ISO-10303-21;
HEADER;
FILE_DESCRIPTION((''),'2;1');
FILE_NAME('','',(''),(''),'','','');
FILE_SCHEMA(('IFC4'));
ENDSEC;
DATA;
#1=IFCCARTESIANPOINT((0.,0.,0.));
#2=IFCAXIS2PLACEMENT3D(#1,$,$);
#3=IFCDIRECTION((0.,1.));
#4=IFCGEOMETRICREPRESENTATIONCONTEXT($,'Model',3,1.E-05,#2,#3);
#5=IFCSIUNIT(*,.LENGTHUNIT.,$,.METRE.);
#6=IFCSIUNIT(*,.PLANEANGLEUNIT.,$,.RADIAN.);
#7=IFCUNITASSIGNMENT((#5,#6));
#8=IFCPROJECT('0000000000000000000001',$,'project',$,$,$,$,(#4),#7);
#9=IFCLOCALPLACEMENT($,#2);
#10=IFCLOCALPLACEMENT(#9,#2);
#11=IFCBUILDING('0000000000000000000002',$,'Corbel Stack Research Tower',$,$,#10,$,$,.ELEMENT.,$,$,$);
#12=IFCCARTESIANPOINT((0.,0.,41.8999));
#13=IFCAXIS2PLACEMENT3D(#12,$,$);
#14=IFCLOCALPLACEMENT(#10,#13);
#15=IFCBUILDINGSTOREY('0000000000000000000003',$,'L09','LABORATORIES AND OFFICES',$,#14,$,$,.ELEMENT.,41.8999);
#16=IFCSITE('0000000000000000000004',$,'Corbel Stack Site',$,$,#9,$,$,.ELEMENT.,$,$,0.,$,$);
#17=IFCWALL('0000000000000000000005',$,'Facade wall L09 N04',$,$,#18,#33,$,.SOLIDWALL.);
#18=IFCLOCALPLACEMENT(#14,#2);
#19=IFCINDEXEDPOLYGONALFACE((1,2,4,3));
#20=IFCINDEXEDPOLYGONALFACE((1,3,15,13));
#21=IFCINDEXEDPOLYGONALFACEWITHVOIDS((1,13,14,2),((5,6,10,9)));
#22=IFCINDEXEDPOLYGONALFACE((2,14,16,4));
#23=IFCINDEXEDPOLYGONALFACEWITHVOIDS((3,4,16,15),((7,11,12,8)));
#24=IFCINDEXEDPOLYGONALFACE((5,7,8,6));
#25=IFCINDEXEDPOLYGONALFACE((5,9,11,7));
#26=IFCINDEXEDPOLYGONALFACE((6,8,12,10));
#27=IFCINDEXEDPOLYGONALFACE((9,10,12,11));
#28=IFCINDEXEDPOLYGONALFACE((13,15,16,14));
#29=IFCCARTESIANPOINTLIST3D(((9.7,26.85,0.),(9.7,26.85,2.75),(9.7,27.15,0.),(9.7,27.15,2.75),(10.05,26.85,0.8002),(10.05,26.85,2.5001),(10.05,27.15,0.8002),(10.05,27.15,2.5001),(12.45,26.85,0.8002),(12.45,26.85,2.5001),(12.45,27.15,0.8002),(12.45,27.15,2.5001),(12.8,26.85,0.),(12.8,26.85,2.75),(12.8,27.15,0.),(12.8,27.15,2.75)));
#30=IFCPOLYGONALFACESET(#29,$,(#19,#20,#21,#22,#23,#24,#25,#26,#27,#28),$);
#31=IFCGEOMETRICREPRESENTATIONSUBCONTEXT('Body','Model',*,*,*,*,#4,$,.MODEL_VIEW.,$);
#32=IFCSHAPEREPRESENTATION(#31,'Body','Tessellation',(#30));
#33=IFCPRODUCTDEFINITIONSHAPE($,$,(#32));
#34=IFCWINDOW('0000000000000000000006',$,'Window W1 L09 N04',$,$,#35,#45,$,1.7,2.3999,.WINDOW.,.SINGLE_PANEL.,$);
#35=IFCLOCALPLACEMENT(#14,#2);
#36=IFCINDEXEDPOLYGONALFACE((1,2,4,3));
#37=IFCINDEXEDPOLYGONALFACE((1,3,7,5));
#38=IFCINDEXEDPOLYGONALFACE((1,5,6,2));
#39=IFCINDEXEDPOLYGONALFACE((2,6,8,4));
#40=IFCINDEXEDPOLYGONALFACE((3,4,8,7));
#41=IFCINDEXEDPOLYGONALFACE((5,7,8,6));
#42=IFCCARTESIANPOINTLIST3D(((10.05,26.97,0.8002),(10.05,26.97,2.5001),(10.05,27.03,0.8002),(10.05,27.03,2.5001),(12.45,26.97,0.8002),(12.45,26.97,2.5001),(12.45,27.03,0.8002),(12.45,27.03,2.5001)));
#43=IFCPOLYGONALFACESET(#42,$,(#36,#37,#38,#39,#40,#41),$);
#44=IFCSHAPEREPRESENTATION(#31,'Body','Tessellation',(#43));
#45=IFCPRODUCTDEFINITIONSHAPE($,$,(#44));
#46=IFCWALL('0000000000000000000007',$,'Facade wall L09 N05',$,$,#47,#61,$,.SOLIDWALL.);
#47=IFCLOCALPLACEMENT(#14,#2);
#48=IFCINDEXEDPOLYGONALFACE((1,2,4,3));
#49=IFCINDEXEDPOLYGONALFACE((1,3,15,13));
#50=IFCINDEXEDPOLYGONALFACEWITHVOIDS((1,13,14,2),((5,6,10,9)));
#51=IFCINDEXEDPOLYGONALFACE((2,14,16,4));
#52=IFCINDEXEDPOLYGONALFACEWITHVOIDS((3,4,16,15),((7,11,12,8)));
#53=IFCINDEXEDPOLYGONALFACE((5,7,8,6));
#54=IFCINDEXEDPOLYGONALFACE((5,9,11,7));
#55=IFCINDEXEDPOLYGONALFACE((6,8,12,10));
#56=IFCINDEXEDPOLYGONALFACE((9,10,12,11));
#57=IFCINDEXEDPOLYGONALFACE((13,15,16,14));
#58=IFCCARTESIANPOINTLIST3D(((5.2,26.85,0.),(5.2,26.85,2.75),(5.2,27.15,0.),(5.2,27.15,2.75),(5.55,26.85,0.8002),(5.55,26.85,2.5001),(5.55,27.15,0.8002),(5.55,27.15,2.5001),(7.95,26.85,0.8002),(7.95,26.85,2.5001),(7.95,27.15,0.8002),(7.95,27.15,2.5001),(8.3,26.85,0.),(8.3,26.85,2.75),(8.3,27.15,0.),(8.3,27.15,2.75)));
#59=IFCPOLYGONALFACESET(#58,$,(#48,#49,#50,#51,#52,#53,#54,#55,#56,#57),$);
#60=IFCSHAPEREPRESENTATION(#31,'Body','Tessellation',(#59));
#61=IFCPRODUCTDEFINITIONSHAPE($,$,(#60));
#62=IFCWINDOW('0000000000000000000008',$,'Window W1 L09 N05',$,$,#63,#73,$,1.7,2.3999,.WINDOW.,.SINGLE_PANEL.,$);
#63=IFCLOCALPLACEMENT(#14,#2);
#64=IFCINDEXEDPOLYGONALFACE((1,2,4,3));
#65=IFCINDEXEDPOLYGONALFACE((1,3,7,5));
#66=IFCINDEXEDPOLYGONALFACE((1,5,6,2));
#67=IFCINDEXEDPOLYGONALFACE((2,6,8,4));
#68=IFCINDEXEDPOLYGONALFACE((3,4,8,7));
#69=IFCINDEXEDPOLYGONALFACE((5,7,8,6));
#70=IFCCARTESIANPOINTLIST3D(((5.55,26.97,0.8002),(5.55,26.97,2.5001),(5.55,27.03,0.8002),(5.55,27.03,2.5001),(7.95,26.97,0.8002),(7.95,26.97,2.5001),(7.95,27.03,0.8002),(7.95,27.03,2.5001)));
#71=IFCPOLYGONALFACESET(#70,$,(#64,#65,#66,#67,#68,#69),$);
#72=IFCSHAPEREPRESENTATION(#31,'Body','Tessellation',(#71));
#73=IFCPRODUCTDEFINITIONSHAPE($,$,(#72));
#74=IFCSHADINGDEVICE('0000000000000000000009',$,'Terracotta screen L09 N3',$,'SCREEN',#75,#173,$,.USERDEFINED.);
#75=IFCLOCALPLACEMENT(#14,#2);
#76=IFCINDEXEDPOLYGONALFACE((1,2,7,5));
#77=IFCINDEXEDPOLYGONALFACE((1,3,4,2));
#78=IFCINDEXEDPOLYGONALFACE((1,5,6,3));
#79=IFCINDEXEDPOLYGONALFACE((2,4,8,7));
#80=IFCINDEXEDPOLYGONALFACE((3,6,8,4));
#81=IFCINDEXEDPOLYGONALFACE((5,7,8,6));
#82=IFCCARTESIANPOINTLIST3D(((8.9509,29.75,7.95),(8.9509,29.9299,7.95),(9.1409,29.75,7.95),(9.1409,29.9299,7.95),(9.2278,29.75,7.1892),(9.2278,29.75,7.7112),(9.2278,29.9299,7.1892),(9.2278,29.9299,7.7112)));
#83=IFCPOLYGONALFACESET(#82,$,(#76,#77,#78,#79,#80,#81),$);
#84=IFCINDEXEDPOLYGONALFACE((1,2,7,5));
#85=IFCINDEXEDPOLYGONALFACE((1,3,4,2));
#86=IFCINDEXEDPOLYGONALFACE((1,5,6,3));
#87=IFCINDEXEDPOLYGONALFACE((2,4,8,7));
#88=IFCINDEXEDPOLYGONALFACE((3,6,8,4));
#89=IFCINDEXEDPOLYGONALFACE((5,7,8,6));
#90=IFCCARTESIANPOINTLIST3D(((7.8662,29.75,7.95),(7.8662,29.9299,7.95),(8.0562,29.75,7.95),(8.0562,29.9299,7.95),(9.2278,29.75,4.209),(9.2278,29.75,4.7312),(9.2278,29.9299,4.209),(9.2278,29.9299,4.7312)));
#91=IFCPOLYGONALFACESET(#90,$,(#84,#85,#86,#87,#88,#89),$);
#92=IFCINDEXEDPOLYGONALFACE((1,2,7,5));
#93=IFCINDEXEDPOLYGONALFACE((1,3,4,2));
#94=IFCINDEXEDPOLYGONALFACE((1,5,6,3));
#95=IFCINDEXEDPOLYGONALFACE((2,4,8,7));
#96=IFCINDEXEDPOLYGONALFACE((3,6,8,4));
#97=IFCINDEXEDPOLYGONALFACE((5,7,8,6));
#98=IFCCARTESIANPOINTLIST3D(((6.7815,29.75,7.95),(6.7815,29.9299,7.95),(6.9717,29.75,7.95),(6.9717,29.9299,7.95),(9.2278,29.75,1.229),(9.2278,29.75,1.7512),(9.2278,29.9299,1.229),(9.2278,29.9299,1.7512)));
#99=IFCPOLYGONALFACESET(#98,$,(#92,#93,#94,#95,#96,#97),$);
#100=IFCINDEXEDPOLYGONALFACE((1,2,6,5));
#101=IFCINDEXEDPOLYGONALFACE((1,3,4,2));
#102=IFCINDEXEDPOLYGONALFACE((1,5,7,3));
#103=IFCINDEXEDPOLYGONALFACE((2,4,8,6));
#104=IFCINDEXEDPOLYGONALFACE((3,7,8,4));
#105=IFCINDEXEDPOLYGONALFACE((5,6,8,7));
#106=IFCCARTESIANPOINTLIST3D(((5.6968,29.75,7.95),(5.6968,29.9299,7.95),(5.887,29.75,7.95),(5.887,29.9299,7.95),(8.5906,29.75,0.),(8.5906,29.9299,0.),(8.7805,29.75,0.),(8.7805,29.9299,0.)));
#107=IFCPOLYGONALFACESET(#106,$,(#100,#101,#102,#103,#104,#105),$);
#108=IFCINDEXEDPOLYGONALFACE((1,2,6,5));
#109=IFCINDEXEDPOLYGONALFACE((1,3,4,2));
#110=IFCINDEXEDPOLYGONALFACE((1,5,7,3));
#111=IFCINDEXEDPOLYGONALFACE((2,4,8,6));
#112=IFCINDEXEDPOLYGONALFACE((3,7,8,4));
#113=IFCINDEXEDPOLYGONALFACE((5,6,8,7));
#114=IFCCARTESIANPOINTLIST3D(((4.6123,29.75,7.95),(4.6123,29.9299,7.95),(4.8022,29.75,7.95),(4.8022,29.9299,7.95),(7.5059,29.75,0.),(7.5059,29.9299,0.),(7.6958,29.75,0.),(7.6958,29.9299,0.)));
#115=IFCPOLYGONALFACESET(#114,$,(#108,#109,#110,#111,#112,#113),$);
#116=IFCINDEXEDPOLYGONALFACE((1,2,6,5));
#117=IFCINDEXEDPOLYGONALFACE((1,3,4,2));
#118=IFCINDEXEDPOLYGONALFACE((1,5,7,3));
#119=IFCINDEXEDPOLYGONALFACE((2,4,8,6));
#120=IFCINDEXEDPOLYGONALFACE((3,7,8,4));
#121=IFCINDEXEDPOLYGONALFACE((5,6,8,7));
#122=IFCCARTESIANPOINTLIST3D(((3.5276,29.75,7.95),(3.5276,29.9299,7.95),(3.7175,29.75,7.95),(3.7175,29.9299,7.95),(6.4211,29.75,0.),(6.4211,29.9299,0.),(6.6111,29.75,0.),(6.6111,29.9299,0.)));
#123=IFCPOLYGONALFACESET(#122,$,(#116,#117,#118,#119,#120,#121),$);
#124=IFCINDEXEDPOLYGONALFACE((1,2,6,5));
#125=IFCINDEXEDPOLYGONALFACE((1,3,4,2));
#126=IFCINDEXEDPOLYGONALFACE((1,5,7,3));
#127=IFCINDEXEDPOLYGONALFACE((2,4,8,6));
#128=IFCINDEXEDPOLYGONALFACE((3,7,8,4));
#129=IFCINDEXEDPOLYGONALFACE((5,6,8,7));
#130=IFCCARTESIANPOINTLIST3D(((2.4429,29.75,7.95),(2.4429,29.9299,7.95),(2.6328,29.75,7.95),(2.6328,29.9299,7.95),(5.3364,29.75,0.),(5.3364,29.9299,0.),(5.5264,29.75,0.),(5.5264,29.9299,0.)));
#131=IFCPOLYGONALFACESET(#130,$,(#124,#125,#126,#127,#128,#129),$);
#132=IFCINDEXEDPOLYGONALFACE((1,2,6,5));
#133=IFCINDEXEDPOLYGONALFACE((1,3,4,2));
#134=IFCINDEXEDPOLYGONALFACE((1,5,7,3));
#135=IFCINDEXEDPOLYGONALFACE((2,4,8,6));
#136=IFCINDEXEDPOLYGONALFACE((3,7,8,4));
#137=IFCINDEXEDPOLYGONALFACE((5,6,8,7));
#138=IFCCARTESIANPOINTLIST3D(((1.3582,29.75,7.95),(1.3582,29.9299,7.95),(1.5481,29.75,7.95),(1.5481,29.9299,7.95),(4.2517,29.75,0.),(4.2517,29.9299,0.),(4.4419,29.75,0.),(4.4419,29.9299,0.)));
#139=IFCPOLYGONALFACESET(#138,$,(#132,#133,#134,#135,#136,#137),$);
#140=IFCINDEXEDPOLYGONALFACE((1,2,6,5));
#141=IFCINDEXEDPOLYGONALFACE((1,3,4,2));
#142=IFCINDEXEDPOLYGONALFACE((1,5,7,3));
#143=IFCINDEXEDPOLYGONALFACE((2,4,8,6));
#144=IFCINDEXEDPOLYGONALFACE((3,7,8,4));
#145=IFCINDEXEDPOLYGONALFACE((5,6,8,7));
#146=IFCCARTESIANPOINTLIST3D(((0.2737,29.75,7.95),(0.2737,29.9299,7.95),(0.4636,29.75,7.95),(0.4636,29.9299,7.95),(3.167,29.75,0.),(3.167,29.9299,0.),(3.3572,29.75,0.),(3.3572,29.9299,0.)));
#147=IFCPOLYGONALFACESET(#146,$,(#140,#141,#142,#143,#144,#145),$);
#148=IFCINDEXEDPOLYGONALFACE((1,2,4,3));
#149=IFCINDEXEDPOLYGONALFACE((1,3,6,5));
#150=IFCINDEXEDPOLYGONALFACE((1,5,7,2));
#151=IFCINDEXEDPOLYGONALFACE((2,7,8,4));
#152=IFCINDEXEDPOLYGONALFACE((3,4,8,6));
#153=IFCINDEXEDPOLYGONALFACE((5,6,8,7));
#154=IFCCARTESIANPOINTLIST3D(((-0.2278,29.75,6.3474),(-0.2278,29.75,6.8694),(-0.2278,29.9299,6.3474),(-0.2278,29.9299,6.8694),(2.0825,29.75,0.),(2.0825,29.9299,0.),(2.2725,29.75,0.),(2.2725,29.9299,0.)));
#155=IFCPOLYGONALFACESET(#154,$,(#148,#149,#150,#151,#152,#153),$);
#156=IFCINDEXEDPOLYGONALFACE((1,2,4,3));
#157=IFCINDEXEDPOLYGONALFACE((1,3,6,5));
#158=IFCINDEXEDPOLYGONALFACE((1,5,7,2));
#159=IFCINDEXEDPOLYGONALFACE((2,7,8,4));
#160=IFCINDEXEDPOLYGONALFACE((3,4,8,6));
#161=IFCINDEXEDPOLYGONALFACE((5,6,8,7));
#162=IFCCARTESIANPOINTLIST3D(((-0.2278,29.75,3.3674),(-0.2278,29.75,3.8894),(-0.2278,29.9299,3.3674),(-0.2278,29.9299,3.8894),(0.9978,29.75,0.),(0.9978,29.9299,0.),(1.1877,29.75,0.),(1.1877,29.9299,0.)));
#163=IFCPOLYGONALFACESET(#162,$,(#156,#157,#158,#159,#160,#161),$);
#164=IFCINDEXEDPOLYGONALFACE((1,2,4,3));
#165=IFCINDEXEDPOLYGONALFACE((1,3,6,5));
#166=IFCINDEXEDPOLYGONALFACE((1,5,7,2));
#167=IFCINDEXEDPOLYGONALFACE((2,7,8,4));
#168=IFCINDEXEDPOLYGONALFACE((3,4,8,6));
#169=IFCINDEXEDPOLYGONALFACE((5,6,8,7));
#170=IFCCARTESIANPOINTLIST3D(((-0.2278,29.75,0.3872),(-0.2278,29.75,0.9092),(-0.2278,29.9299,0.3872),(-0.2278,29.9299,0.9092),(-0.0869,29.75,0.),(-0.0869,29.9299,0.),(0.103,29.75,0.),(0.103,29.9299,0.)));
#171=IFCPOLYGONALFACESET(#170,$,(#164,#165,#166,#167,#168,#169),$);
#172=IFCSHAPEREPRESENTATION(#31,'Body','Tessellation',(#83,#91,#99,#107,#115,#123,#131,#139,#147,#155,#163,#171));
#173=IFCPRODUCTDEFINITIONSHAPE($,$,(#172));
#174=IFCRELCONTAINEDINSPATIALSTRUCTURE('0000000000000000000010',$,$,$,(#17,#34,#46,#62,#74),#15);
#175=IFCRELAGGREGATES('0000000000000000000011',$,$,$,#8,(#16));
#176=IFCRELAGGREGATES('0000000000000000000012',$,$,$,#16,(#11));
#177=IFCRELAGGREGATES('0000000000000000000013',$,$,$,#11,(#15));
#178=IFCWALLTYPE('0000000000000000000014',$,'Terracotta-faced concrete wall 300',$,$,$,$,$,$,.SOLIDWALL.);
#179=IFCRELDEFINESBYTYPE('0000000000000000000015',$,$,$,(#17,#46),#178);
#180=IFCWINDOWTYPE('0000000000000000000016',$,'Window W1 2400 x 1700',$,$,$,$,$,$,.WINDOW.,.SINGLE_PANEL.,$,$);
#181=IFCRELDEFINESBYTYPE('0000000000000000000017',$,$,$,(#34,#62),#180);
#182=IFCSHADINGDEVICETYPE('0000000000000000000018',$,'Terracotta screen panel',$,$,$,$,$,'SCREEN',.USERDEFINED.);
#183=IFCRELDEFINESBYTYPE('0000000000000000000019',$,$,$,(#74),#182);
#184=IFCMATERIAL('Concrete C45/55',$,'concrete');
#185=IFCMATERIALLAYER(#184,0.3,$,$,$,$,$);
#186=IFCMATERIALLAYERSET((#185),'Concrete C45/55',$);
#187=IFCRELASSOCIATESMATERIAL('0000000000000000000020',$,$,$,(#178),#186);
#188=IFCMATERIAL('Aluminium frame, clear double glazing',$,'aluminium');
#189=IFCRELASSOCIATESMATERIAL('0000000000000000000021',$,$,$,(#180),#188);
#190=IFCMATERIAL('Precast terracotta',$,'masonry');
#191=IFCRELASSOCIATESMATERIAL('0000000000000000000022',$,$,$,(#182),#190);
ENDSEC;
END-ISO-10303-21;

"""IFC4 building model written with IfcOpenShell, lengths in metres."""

from ifc_helpers import new_model, si_unit, direction, frame, frame_2d, origin, place, context, subcontext, project, spatial, polyline, rectangle, outline, extrude, source, transform, mapped, material, layer, layer_set, type_object, element, fill, save


model = new_model("IFC4")

# Units and contexts
model_context = context("Model", 3, precision=1e-05, world=origin(), true_north=direction((0.0, 1.0)))
body_context = subcontext(model_context, "Body", "Model", "MODEL_VIEW")
ifc_project = project(units=[si_unit("LENGTHUNIT", "METRE"), si_unit("PLANEANGLEUNIT", "RADIAN")], contexts=[model_context])

# Site, building, storey
site_placement = place(None, origin())
site = spatial("IfcSite", under=ifc_project, at=site_placement, Name="Corbel Stack Site", CompositionType="ELEMENT", RefElevation=0.0)
building_placement = place(site_placement, origin())
building = spatial("IfcBuilding", under=site, at=building_placement, Name="Corbel Stack Research Tower", CompositionType="ELEMENT")
storey_placement = place(building_placement, frame((0.0, 0.0, 41.8999)))
storey = spatial("IfcBuildingStorey", under=building, at=storey_placement, Name="L09", Description="LABORATORIES AND OFFICES", CompositionType="ELEMENT", Elevation=41.8999)

# Shared definitions
ifc_material_1 = material(Name="Concrete C45/55", Category="concrete")
ifc_layer_1 = layer(ifc_material_1, 0.3)
ifc_layer_set_1 = layer_set([ifc_layer_1], Name="Concrete C45/55")
wall_type_1 = type_object("IfcWallType", Name="Terracotta-faced concrete wall 300", PredefinedType="SOLIDWALL", material=ifc_layer_set_1)

# Walls, openings, windows
ifc_material_2 = material(Name="Aluminium frame, clear double glazing", Category="aluminium")
window_type = type_object("IfcWindowType", Name="Window W1 2400 x 1700", PartitioningType="SINGLE_PANEL", PredefinedType="WINDOW", material=ifc_material_2)
wall_1_placement = place(storey_placement, frame((9.7, 27.0, 0.0), z_axis=(0.0, 0.0, 1.0), x_axis=(1.0, 0.0, 0.0)))
wall_1 = element("IfcWall", 1, at=wall_1_placement, inside=storey, type_object=wall_type_1, Name="Facade wall L09 N04", PredefinedType="SOLIDWALL", context=body_context, shape_type="SweptSolid", body=[
    extrude(rectangle(XDim=3.1001, YDim=0.3, at=frame_2d((1.55, 0.0))), origin(), (0.0, 0.0, 1.0), 2.75),
])
opening_1_placement = place(wall_1_placement, frame((0.3501, 0.0, 0.8)))
opening_1 = element("IfcOpeningElement", 2, at=opening_1_placement, cuts=wall_1, PredefinedType="OPENING", context=body_context, shape_type="SweptSolid", body=[
    extrude(rectangle(XDim=2.3999, YDim=1.7, at=frame_2d((1.2, 0.8501))), frame((0.0, 0.1599, 0.0), z_axis=(0.0, -1.0, 0.0), x_axis=(1.0, 0.0, 0.0)), (0.0, 0.0, 1.0), 0.3201),
])
window_1_placement = place(opening_1_placement, origin())
window_1 = element("IfcWindow", 3, at=window_1_placement, inside=storey, type_object=window_type, Name="Window W1 L09 N04", OverallHeight=1.7, OverallWidth=2.3999, PartitioningType="SINGLE_PANEL", PredefinedType="WINDOW", context=body_context, shape_type="SweptSolid", body=[
    extrude(rectangle(XDim=2.3999, YDim=1.7, at=frame_2d((1.2, 0.8501))), frame((0.0, 0.03, 0.0), z_axis=(0.0, -1.0, 0.0), x_axis=(1.0, 0.0, 0.0)), (0.0, 0.0, 1.0), 0.0601),
])
fill(opening_1, window_1)
wall_2_placement = place(storey_placement, frame((5.2, 27.0, 0.0), z_axis=(0.0, 0.0, 1.0), x_axis=(1.0, 0.0, 0.0)))
wall_2 = element("IfcWall", 4, at=wall_2_placement, inside=storey, type_object=wall_type_1, Name="Facade wall L09 N05", PredefinedType="SOLIDWALL", context=body_context, shape_type="SweptSolid", body=[
    extrude(rectangle(XDim=3.1001, YDim=0.3, at=frame_2d((1.55, 0.0))), origin(), (0.0, 0.0, 1.0), 2.75),
])
opening_2_placement = place(wall_2_placement, frame((0.3501, 0.0, 0.8)))
opening_2 = element("IfcOpeningElement", 5, at=opening_2_placement, cuts=wall_2, PredefinedType="OPENING", context=body_context, shape_type="SweptSolid", body=[
    extrude(rectangle(XDim=2.3999, YDim=1.7, at=frame_2d((1.2, 0.8501))), frame((0.0, 0.1599, 0.0), z_axis=(0.0, -1.0, 0.0), x_axis=(1.0, 0.0, 0.0)), (0.0, 0.0, 1.0), 0.3201),
])
window_2_placement = place(opening_2_placement, origin())
window_2 = element("IfcWindow", 6, at=window_2_placement, inside=storey, type_object=window_type, Name="Window W1 L09 N05", OverallHeight=1.7, OverallWidth=2.3999, PartitioningType="SINGLE_PANEL", PredefinedType="WINDOW", context=body_context, shape_type="SweptSolid", body=[
    extrude(rectangle(XDim=2.3999, YDim=1.7, at=frame_2d((1.2, 0.8501))), frame((0.0, 0.03, 0.0), z_axis=(0.0, -1.0, 0.0), x_axis=(1.0, 0.0, 0.0)), (0.0, 0.0, 1.0), 0.0601),
])
fill(opening_2, window_2)

# Shading device
ifc_material_3 = material(Name="Precast terracotta", Category="masonry")
shading_device_type = type_object("IfcShadingDeviceType", Name="Terracotta screen panel", ElementType="SCREEN", PredefinedType="USERDEFINED", material=ifc_material_3)
shared_shape_1 = source(origin(), body_context, "Body", "SweptSolid", [
    extrude(outline(polyline([(0.2769, 7.95), (0.0869, 7.95), (0.0, 7.7112), (0.0, 7.1892), (0.2769, 7.95)])), frame((0.0, 0.0, 0.0), z_axis=(0.0, -1.0, 0.0), x_axis=(1.0, 0.0, 0.0)), (0.0, 0.0, 1.0), 0.1799),
    extrude(outline(polyline([(1.3616, 7.95), (1.1716, 7.95), (0.0, 4.7312), (0.0, 4.209), (1.3616, 7.95)])), frame((0.0, 0.0, 0.0), z_axis=(0.0, -1.0, 0.0), x_axis=(1.0, 0.0, 0.0)), (0.0, 0.0, 1.0), 0.1799),
    extrude(outline(polyline([(2.4463, 7.95), (2.2561, 7.95), (0.0, 1.7512), (0.0, 1.229), (2.4463, 7.95)])), frame((0.0, 0.0, 0.0), z_axis=(0.0, -1.0, 0.0), x_axis=(1.0, 0.0, 0.0)), (0.0, 0.0, 1.0), 0.1799),
    extrude(outline(polyline([(0.6372, 0.0), (3.531, 7.95), (3.3408, 7.95), (0.4473, 0.0), (0.6372, 0.0)])), frame((0.0, 0.0, 0.0), z_axis=(0.0, -1.0, 0.0), x_axis=(1.0, 0.0, 0.0)), (0.0, 0.0, 1.0), 0.1799),
    extrude(outline(polyline([(1.7219, 0.0), (4.6155, 7.95), (4.4255, 7.95), (1.532, 0.0), (1.7219, 0.0)])), frame((0.0, 0.0, 0.0), z_axis=(0.0, -1.0, 0.0), x_axis=(1.0, 0.0, 0.0)), (0.0, 0.0, 1.0), 0.1799),
    extrude(outline(polyline([(2.8066, 0.0), (5.7002, 7.95), (5.5103, 7.95), (2.6167, 0.0), (2.8066, 0.0)])), frame((0.0, 0.0, 0.0), z_axis=(0.0, -1.0, 0.0), x_axis=(1.0, 0.0, 0.0)), (0.0, 0.0, 1.0), 0.1799),
    extrude(outline(polyline([(3.8914, 0.0), (6.7849, 7.95), (6.595, 7.95), (3.7014, 0.0), (3.8914, 0.0)])), frame((0.0, 0.0, 0.0), z_axis=(0.0, -1.0, 0.0), x_axis=(1.0, 0.0, 0.0)), (0.0, 0.0, 1.0), 0.1799),
    extrude(outline(polyline([(4.9761, 0.0), (7.8696, 7.95), (7.6797, 7.95), (4.7859, 0.0), (4.9761, 0.0)])), frame((0.0, 0.0, 0.0), z_axis=(0.0, -1.0, 0.0), x_axis=(1.0, 0.0, 0.0)), (0.0, 0.0, 1.0), 0.1799),
    extrude(outline(polyline([(6.0608, 0.0), (8.9541, 7.95), (8.7642, 7.95), (5.8706, 0.0), (6.0608, 0.0)])), frame((0.0, 0.0, 0.0), z_axis=(0.0, -1.0, 0.0), x_axis=(1.0, 0.0, 0.0)), (0.0, 0.0, 1.0), 0.1799),
    extrude(outline(polyline([(7.1453, 0.0), (9.4556, 6.3474), (9.4556, 6.8694), (6.9553, 0.0), (7.1453, 0.0)])), frame((0.0, 0.0, 0.0), z_axis=(0.0, -1.0, 0.0), x_axis=(1.0, 0.0, 0.0)), (0.0, 0.0, 1.0), 0.1799),
    extrude(outline(polyline([(8.23, 0.0), (9.4556, 3.3674), (9.4556, 3.8894), (8.04, 0.0), (8.23, 0.0)])), frame((0.0, 0.0, 0.0), z_axis=(0.0, -1.0, 0.0), x_axis=(1.0, 0.0, 0.0)), (0.0, 0.0, 1.0), 0.1799),
    extrude(outline(polyline([(9.3147, 0.0), (9.4556, 0.3872), (9.4556, 0.9092), (9.1248, 0.0), (9.3147, 0.0)])), frame((0.0, 0.0, 0.0), z_axis=(0.0, -1.0, 0.0), x_axis=(1.0, 0.0, 0.0)), (0.0, 0.0, 1.0), 0.1799),
])
shading_device_1_placement = place(storey_placement, frame((9.2278, 29.75, 0.0), z_axis=(0.0, 0.0, 1.0), x_axis=(-1.0, 0.0, 0.0)))
element("IfcShadingDevice", 7, at=shading_device_1_placement, inside=storey, type_object=shading_device_type, Name="Terracotta screen L09 N3", ObjectType="SCREEN", PredefinedType="USERDEFINED", context=body_context, shape_type="MappedRepresentation", body=[
    mapped(shared_shape_1, transform((0.0, 0.0, 0.0))),
])

save(model, "model.ifc")
